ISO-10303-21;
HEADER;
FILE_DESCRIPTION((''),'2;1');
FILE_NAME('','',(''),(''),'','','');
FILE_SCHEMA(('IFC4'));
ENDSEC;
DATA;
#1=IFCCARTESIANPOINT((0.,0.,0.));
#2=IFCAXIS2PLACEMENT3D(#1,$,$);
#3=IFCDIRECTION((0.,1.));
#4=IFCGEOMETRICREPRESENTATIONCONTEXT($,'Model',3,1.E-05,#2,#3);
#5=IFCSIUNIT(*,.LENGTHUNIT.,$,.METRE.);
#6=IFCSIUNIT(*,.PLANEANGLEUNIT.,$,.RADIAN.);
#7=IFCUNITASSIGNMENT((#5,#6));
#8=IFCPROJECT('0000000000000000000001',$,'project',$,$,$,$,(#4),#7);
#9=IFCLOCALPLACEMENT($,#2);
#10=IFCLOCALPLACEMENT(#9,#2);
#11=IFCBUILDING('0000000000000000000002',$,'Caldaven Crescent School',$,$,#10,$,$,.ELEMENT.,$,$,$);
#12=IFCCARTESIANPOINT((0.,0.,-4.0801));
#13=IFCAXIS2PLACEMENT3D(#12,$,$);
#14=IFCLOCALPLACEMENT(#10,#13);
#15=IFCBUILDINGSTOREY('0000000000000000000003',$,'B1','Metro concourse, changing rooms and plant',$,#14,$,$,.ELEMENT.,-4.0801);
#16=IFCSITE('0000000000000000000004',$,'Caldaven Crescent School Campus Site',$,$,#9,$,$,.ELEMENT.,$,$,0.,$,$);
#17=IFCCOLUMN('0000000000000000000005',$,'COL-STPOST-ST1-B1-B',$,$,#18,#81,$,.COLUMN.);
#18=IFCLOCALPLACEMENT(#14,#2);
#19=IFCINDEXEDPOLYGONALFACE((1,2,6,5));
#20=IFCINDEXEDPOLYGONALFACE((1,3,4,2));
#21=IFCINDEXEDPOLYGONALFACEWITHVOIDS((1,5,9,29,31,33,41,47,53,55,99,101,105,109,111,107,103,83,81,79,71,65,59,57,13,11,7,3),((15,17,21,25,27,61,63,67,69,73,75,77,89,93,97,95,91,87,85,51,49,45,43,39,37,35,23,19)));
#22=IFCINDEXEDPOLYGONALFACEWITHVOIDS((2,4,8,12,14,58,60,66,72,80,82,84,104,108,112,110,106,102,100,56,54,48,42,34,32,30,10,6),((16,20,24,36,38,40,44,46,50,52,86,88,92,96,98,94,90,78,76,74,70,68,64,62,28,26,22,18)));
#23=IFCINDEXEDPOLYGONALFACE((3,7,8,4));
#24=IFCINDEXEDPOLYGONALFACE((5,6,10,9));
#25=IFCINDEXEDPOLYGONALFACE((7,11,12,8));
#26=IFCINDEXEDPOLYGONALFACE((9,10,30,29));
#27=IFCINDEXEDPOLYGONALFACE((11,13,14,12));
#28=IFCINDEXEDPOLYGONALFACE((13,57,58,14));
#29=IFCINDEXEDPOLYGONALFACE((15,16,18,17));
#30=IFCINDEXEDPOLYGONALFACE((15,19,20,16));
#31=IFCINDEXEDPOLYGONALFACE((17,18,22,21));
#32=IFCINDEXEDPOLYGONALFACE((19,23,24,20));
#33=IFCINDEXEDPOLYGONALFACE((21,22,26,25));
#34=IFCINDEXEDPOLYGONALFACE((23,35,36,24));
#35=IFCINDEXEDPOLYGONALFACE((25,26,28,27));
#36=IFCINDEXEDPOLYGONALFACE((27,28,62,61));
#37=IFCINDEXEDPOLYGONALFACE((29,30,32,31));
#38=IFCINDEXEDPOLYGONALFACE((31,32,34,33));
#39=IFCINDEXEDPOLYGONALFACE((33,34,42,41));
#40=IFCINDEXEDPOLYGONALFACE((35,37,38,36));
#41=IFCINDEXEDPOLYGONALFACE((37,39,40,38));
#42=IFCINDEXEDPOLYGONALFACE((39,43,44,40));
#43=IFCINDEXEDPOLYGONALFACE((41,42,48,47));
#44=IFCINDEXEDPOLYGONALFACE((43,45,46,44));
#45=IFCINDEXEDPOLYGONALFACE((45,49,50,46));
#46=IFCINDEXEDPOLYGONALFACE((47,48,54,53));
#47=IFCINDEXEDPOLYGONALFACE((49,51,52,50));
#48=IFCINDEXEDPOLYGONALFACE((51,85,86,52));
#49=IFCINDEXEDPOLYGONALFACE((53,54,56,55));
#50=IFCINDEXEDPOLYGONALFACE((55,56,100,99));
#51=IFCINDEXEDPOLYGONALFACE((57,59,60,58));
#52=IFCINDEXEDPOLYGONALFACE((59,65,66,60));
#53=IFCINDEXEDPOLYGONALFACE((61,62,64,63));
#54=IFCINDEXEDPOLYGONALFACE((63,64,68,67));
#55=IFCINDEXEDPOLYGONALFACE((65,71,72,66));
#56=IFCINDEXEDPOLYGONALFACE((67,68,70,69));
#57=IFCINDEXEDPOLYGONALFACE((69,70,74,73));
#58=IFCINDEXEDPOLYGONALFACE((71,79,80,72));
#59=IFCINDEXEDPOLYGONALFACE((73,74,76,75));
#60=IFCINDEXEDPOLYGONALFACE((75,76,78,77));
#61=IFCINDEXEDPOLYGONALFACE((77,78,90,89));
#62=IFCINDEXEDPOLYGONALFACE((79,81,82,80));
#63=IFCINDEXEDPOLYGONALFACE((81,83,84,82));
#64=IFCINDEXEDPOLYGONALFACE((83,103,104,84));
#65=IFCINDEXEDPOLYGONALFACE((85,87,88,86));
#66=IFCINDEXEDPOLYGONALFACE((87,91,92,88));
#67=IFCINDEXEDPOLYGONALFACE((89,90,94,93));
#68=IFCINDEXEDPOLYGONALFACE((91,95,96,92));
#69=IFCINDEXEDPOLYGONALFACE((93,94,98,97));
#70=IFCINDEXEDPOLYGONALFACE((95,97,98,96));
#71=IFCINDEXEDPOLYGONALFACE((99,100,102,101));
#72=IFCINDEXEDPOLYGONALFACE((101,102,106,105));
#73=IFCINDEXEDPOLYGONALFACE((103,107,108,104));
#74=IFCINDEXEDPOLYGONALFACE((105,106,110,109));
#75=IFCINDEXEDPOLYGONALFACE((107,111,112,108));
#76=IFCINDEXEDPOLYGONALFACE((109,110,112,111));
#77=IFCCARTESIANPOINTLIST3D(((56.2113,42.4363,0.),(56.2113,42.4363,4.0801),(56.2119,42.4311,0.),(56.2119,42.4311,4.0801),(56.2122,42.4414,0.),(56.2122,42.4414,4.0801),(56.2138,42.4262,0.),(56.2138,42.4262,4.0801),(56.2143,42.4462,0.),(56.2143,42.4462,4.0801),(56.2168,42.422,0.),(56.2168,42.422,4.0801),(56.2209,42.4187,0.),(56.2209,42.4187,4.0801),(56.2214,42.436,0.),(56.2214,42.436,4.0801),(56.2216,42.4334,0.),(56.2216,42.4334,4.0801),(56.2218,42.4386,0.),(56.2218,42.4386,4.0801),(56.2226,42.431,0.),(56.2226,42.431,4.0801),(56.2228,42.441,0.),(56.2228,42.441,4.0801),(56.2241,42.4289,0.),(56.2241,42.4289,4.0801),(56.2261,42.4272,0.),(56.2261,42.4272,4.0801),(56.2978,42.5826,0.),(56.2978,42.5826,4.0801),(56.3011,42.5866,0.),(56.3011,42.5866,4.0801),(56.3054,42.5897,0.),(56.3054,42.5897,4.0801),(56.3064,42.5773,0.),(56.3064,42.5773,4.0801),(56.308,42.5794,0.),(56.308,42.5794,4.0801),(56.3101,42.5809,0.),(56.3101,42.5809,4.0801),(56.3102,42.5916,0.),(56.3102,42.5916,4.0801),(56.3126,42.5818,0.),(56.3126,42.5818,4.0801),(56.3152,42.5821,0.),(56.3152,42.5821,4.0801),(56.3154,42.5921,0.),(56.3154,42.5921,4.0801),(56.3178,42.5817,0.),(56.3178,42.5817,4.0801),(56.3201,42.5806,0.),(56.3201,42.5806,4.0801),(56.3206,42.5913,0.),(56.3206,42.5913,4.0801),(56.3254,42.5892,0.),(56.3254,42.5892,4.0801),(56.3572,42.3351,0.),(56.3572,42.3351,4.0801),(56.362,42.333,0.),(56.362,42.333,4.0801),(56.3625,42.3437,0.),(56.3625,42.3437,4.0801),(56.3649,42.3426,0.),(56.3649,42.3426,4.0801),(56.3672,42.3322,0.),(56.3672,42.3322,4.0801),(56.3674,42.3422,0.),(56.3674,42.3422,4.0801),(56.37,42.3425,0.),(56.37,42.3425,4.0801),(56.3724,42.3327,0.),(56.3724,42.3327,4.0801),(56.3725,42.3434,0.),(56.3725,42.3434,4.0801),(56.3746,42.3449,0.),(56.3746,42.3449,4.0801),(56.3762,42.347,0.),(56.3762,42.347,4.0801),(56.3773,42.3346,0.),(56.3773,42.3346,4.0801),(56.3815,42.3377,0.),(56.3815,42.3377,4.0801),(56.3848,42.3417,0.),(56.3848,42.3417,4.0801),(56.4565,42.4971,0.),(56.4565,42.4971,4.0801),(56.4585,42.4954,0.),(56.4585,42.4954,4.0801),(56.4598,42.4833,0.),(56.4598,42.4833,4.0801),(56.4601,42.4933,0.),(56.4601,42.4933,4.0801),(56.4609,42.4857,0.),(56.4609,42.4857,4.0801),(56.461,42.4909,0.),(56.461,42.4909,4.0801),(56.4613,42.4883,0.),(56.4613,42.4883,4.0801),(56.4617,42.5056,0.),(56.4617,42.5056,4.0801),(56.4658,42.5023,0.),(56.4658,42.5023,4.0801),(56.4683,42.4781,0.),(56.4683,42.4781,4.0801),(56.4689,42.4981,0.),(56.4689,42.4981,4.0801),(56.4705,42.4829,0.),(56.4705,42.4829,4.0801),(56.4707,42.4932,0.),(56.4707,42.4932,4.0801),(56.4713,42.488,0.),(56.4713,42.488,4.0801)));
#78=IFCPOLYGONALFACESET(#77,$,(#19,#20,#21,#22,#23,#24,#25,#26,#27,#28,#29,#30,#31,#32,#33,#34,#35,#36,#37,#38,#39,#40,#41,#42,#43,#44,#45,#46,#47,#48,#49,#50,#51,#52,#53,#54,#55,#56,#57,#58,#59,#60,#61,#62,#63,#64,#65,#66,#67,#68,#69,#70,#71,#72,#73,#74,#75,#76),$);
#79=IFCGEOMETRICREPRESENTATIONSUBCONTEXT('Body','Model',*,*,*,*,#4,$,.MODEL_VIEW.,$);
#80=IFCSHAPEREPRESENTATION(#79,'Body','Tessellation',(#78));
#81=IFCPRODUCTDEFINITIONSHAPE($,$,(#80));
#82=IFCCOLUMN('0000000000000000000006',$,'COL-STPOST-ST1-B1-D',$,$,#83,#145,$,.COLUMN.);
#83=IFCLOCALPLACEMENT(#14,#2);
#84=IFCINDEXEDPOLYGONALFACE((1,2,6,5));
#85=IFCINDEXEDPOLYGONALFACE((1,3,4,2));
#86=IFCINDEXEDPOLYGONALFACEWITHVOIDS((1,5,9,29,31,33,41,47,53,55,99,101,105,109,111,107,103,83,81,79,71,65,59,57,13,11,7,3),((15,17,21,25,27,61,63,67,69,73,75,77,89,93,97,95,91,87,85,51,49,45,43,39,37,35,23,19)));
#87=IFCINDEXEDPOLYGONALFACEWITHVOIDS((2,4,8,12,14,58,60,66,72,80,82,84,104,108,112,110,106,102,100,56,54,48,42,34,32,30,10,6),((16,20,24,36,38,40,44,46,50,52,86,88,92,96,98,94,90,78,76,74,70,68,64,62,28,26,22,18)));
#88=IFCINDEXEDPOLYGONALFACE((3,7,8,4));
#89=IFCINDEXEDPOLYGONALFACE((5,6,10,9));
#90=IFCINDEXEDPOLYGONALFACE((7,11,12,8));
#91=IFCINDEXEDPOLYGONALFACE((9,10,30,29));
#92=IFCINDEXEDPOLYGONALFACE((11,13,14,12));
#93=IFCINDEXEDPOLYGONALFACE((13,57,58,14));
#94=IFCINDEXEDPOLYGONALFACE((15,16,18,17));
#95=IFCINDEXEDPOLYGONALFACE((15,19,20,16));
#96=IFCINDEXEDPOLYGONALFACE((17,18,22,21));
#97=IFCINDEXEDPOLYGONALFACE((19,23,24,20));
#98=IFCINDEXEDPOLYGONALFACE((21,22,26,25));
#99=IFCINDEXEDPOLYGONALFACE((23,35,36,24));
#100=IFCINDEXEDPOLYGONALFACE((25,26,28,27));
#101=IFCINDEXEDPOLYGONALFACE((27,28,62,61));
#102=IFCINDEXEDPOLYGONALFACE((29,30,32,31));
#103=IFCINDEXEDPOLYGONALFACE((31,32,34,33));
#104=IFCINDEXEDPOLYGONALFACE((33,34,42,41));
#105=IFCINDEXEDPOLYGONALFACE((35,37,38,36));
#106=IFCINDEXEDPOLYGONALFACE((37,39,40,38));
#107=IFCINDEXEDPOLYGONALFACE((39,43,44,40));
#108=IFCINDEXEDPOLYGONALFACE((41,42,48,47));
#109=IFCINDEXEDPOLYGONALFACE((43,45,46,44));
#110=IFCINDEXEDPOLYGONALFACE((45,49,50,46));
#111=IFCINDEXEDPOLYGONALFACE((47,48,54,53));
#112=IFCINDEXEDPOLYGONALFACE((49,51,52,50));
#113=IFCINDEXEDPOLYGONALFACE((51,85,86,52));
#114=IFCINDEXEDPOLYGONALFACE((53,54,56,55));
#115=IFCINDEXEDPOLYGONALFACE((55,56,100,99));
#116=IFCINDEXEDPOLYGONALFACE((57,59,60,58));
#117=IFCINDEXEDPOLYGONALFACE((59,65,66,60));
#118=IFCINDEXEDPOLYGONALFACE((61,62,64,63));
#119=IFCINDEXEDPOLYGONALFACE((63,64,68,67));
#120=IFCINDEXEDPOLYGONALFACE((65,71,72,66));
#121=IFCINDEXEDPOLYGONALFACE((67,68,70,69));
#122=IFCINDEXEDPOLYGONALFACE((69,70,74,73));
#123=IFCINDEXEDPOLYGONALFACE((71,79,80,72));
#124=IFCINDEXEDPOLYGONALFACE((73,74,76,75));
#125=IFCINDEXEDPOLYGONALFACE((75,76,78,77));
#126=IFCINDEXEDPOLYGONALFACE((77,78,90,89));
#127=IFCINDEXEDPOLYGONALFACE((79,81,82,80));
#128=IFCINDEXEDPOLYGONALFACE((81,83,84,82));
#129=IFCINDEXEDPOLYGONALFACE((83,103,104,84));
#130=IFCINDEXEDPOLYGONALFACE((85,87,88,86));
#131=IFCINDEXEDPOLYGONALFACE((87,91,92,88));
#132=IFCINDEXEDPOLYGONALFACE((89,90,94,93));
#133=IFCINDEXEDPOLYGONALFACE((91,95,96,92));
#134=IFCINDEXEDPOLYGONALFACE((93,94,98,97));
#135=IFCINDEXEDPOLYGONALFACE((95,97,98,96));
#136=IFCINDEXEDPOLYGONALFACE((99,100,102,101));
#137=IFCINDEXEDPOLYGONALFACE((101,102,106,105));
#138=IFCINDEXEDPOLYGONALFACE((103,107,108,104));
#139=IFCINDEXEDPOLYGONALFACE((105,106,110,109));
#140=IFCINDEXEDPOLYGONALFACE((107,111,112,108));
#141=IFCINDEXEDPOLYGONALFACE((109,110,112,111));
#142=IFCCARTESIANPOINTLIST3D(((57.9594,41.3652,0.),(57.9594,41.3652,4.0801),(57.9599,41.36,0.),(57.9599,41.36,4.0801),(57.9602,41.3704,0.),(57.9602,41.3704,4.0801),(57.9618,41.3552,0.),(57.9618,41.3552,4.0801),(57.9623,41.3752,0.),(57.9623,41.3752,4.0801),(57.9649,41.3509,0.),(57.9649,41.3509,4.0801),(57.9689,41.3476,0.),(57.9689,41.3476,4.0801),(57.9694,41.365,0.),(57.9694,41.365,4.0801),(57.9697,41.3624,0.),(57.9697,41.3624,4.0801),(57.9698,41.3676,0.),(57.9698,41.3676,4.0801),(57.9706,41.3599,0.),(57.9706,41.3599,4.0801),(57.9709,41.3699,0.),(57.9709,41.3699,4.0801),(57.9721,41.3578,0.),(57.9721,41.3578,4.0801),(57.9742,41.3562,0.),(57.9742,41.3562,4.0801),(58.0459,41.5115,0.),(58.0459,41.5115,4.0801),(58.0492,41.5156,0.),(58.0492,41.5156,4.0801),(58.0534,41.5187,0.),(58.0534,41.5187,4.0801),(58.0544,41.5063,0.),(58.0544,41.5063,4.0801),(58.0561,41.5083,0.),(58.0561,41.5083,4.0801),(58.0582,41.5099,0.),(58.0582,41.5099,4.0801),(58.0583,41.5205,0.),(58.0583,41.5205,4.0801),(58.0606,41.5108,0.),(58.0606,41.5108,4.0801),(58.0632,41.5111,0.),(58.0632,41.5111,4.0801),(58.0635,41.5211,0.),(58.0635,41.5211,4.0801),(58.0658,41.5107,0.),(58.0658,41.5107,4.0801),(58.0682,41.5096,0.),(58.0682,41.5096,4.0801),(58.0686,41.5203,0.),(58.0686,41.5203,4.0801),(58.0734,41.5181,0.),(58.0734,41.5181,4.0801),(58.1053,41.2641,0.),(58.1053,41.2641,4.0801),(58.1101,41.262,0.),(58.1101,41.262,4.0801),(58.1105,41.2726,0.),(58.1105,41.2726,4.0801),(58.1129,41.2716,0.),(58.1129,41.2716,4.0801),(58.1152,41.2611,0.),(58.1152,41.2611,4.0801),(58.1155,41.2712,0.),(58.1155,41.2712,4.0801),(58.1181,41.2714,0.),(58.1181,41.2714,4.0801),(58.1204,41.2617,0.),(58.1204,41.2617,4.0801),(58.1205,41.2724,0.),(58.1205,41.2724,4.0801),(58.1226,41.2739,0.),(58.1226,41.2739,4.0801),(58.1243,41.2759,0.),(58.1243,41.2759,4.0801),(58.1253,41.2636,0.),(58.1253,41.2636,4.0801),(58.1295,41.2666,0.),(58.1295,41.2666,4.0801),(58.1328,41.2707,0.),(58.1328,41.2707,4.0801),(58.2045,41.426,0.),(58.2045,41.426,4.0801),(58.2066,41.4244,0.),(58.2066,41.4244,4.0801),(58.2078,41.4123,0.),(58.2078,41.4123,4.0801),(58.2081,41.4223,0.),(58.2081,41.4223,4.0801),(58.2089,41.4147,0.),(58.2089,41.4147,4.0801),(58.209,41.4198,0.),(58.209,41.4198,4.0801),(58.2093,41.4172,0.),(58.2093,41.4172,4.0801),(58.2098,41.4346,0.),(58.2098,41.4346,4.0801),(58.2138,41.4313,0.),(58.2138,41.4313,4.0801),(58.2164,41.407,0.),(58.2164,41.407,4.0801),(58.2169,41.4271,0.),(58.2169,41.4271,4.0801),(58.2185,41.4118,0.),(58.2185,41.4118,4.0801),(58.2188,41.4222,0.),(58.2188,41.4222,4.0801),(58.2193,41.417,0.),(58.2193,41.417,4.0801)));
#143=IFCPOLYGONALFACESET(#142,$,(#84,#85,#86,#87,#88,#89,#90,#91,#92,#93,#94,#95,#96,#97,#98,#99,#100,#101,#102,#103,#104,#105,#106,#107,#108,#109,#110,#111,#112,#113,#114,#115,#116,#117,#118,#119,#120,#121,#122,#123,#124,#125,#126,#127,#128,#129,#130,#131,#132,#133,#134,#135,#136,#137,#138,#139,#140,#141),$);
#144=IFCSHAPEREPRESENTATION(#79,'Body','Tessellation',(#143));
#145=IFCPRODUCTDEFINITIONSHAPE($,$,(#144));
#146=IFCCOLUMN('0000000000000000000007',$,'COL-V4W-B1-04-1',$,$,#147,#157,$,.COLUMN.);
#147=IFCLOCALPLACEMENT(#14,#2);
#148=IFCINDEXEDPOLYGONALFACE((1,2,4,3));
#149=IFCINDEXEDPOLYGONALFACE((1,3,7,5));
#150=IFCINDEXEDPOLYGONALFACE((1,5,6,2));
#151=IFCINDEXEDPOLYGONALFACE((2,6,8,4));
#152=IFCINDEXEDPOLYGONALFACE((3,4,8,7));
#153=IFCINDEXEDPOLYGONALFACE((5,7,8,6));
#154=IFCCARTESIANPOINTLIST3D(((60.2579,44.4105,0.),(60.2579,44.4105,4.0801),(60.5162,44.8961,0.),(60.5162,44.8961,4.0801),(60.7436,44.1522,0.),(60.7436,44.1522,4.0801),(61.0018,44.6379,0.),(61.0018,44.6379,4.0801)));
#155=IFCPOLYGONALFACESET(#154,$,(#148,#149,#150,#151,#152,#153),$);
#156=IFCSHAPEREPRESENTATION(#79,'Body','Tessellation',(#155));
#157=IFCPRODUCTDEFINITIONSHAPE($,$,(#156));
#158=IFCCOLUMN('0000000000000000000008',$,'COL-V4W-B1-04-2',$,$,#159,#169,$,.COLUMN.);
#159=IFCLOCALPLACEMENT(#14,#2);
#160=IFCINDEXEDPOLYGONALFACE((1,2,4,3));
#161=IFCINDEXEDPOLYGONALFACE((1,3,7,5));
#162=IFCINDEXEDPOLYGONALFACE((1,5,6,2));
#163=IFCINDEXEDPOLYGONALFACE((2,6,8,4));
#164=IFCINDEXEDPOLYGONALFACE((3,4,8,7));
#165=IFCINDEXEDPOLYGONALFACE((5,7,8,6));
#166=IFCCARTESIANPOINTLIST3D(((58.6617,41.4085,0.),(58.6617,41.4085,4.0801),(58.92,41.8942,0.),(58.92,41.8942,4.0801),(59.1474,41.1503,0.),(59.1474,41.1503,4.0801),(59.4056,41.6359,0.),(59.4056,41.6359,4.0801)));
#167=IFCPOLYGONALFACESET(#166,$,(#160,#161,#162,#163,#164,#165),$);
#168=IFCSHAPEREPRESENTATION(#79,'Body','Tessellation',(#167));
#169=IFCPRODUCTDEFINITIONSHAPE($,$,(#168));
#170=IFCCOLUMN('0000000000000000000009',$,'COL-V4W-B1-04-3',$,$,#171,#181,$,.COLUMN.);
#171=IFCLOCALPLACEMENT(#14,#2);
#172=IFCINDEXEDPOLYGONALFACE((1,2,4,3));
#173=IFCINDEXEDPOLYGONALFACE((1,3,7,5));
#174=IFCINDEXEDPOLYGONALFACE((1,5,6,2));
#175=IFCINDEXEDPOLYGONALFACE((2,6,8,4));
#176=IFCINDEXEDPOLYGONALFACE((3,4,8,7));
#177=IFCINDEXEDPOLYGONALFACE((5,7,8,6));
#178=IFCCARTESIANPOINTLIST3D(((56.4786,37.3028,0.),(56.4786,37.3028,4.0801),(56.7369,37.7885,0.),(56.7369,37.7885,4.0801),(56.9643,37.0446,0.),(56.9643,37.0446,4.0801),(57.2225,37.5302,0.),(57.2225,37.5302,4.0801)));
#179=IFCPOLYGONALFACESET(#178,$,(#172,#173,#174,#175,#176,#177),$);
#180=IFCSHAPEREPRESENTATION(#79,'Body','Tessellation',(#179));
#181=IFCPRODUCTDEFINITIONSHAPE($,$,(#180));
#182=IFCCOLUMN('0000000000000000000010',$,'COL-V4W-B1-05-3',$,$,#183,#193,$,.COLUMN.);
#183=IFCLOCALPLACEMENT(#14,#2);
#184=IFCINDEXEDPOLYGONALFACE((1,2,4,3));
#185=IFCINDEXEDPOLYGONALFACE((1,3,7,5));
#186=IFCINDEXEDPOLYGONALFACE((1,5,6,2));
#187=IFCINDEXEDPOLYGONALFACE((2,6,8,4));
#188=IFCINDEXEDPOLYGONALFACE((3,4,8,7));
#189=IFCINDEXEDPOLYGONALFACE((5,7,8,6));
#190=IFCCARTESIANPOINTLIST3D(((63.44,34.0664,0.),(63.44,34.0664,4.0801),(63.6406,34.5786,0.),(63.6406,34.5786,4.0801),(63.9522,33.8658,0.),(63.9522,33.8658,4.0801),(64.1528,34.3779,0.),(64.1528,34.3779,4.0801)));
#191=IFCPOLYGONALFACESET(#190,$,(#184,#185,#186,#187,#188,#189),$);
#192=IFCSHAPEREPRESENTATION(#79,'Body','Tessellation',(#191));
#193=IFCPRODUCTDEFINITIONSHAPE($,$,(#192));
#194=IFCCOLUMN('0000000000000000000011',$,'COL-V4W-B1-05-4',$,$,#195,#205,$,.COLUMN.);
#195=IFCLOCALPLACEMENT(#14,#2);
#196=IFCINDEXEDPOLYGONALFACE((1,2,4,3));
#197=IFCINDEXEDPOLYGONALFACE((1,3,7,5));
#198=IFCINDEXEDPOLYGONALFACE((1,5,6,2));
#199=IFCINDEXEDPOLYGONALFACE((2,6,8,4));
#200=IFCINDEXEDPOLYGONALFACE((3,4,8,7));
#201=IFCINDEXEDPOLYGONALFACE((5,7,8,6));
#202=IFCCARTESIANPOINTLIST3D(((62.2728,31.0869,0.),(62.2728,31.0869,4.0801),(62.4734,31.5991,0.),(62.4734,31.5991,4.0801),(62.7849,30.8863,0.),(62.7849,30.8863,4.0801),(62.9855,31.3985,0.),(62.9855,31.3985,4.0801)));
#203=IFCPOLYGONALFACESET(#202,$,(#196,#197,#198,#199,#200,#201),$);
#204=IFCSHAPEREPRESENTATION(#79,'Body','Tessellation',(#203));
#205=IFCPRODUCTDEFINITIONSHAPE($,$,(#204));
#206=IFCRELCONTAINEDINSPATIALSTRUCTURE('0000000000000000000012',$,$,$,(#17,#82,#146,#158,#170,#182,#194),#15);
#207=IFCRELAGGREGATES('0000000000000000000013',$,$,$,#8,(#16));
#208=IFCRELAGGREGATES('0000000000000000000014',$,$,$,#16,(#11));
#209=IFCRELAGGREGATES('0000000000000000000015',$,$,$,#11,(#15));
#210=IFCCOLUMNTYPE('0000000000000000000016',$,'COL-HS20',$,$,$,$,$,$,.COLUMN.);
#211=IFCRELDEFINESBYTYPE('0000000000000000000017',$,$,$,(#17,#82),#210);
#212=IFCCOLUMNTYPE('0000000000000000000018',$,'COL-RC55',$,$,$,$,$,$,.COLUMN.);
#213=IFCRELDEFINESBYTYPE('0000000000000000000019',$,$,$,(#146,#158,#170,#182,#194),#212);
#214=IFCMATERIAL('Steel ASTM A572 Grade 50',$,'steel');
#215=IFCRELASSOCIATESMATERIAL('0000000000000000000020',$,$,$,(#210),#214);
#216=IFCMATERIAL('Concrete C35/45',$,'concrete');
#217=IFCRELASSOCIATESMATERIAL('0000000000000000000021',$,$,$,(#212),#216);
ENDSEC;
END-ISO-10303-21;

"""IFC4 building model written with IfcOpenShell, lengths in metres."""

from ifc_helpers import new_model, si_unit, direction, frame, origin, origin_2d, place, context, subcontext, project, spatial, rectangle, hollow_rectangle, extrude, material, material_profile, profile_set, type_object, element, save


model = new_model("IFC4")

# Units and contexts
model_context = context("Model", 3, precision=1e-05, world=origin(), true_north=direction((0.0, 1.0)))
body_context = subcontext(model_context, "Body", "Model", "MODEL_VIEW")
ifc_project = project(units=[si_unit("LENGTHUNIT", "METRE"), si_unit("PLANEANGLEUNIT", "RADIAN")], contexts=[model_context])

# Site, building, storey
site_placement = place(None, origin())
site = spatial("IfcSite", under=ifc_project, at=site_placement, Name="Caldaven Crescent School Campus Site", CompositionType="ELEMENT", RefElevation=0.0)
building_placement = place(site_placement, origin())
building = spatial("IfcBuilding", under=site, at=building_placement, Name="Caldaven Crescent School", CompositionType="ELEMENT")
storey_placement = place(building_placement, frame((0.0, 0.0, -4.0801)))
storey = spatial("IfcBuildingStorey", under=building, at=storey_placement, Name="B1", Description="Metro concourse, changing rooms and plant", CompositionType="ELEMENT", Elevation=-4.0801)

# Shared definitions
ifc_material_1 = material(Name="Concrete C35/45", Category="concrete")

# Columns
ifc_material_2 = material(Name="Steel ASTM A572 Grade 50", Category="steel")
ifc_material_profile_1 = material_profile(ifc_material_2, hollow_rectangle(XDim=0.2, YDim=0.2, WallThickness=0.01, InnerFilletRadius=0.01, OuterFilletRadius=0.02, at=origin_2d()), Name="HSS 200x200x10")
ifc_profile_set_1 = profile_set([ifc_material_profile_1], Name="Steel ASTM A572 Grade 50")
column_type_1 = type_object("IfcColumnType", Name="COL-HS20", PredefinedType="COLUMN", material=ifc_profile_set_1)
for number, where, z_axis, x_axis, name in (
    (1, (56.3413, 42.4622, 0.0), (0.0, 0.0, 1.0), (0.85264, -0.522499, 0.0), "COL-STPOST-ST1-B1-B"),
    (2, (58.0894, 41.3911, 0.0), (0.0, 0.0, 1.0), (0.85264, -0.522499, 0.0), "COL-STPOST-ST1-B1-D"),
):
    element("IfcColumn", number, at=place(storey_placement, frame(where, z_axis=z_axis, x_axis=x_axis)), inside=storey, type_object=column_type_1, Name=name, PredefinedType="COLUMN", context=body_context, shape_type="SweptSolid", body=[
        extrude(hollow_rectangle(XDim=0.2, YDim=0.2, WallThickness=0.01, InnerFilletRadius=0.01, OuterFilletRadius=0.02, at=origin_2d()), origin(), (0.0, 0.0, 1.0), 4.0801),
    ])
ifc_material_profile_2 = material_profile(ifc_material_1, rectangle(XDim=0.55, YDim=0.55, at=origin_2d()), Name="RC 550x550")
ifc_profile_set_2 = profile_set([ifc_material_profile_2], Name="Concrete C35/45")
column_type_2 = type_object("IfcColumnType", Name="COL-RC55", PredefinedType="COLUMN", material=ifc_profile_set_2)
for number, where, z_axis, x_axis, name in (
    (3, (60.6299, 44.5242, 0.0), (0.0, 0.0, 1.0), (-0.469472, -0.882948, 0.0), "COL-V4W-B1-04-1"),
    (4, (59.0337, 41.5222, 0.0), (0.0, 0.0, 1.0), (-0.469472, -0.882948, 0.0), "COL-V4W-B1-04-2"),
    (5, (56.8506, 37.4165, 0.0), (0.0, 0.0, 1.0), (-0.469472, -0.882948, 0.0), "COL-V4W-B1-04-3"),
    (6, (63.7964, 34.2222, 0.0), (0.0, 0.0, 1.0), (-0.364714, -0.931119, 0.0), "COL-V4W-B1-05-3"),
    (7, (62.6292, 31.2427, 0.0), (0.0, 0.0, 1.0), (-0.364714, -0.931119, 0.0), "COL-V4W-B1-05-4"),
):
    element("IfcColumn", number, at=place(storey_placement, frame(where, z_axis=z_axis, x_axis=x_axis)), inside=storey, type_object=column_type_2, Name=name, PredefinedType="COLUMN", context=body_context, shape_type="SweptSolid", body=[
        extrude(rectangle(XDim=0.55, YDim=0.55, at=origin_2d()), origin(), (0.0, 0.0, 1.0), 4.0801),
    ])

save(model, "model.ifc")
